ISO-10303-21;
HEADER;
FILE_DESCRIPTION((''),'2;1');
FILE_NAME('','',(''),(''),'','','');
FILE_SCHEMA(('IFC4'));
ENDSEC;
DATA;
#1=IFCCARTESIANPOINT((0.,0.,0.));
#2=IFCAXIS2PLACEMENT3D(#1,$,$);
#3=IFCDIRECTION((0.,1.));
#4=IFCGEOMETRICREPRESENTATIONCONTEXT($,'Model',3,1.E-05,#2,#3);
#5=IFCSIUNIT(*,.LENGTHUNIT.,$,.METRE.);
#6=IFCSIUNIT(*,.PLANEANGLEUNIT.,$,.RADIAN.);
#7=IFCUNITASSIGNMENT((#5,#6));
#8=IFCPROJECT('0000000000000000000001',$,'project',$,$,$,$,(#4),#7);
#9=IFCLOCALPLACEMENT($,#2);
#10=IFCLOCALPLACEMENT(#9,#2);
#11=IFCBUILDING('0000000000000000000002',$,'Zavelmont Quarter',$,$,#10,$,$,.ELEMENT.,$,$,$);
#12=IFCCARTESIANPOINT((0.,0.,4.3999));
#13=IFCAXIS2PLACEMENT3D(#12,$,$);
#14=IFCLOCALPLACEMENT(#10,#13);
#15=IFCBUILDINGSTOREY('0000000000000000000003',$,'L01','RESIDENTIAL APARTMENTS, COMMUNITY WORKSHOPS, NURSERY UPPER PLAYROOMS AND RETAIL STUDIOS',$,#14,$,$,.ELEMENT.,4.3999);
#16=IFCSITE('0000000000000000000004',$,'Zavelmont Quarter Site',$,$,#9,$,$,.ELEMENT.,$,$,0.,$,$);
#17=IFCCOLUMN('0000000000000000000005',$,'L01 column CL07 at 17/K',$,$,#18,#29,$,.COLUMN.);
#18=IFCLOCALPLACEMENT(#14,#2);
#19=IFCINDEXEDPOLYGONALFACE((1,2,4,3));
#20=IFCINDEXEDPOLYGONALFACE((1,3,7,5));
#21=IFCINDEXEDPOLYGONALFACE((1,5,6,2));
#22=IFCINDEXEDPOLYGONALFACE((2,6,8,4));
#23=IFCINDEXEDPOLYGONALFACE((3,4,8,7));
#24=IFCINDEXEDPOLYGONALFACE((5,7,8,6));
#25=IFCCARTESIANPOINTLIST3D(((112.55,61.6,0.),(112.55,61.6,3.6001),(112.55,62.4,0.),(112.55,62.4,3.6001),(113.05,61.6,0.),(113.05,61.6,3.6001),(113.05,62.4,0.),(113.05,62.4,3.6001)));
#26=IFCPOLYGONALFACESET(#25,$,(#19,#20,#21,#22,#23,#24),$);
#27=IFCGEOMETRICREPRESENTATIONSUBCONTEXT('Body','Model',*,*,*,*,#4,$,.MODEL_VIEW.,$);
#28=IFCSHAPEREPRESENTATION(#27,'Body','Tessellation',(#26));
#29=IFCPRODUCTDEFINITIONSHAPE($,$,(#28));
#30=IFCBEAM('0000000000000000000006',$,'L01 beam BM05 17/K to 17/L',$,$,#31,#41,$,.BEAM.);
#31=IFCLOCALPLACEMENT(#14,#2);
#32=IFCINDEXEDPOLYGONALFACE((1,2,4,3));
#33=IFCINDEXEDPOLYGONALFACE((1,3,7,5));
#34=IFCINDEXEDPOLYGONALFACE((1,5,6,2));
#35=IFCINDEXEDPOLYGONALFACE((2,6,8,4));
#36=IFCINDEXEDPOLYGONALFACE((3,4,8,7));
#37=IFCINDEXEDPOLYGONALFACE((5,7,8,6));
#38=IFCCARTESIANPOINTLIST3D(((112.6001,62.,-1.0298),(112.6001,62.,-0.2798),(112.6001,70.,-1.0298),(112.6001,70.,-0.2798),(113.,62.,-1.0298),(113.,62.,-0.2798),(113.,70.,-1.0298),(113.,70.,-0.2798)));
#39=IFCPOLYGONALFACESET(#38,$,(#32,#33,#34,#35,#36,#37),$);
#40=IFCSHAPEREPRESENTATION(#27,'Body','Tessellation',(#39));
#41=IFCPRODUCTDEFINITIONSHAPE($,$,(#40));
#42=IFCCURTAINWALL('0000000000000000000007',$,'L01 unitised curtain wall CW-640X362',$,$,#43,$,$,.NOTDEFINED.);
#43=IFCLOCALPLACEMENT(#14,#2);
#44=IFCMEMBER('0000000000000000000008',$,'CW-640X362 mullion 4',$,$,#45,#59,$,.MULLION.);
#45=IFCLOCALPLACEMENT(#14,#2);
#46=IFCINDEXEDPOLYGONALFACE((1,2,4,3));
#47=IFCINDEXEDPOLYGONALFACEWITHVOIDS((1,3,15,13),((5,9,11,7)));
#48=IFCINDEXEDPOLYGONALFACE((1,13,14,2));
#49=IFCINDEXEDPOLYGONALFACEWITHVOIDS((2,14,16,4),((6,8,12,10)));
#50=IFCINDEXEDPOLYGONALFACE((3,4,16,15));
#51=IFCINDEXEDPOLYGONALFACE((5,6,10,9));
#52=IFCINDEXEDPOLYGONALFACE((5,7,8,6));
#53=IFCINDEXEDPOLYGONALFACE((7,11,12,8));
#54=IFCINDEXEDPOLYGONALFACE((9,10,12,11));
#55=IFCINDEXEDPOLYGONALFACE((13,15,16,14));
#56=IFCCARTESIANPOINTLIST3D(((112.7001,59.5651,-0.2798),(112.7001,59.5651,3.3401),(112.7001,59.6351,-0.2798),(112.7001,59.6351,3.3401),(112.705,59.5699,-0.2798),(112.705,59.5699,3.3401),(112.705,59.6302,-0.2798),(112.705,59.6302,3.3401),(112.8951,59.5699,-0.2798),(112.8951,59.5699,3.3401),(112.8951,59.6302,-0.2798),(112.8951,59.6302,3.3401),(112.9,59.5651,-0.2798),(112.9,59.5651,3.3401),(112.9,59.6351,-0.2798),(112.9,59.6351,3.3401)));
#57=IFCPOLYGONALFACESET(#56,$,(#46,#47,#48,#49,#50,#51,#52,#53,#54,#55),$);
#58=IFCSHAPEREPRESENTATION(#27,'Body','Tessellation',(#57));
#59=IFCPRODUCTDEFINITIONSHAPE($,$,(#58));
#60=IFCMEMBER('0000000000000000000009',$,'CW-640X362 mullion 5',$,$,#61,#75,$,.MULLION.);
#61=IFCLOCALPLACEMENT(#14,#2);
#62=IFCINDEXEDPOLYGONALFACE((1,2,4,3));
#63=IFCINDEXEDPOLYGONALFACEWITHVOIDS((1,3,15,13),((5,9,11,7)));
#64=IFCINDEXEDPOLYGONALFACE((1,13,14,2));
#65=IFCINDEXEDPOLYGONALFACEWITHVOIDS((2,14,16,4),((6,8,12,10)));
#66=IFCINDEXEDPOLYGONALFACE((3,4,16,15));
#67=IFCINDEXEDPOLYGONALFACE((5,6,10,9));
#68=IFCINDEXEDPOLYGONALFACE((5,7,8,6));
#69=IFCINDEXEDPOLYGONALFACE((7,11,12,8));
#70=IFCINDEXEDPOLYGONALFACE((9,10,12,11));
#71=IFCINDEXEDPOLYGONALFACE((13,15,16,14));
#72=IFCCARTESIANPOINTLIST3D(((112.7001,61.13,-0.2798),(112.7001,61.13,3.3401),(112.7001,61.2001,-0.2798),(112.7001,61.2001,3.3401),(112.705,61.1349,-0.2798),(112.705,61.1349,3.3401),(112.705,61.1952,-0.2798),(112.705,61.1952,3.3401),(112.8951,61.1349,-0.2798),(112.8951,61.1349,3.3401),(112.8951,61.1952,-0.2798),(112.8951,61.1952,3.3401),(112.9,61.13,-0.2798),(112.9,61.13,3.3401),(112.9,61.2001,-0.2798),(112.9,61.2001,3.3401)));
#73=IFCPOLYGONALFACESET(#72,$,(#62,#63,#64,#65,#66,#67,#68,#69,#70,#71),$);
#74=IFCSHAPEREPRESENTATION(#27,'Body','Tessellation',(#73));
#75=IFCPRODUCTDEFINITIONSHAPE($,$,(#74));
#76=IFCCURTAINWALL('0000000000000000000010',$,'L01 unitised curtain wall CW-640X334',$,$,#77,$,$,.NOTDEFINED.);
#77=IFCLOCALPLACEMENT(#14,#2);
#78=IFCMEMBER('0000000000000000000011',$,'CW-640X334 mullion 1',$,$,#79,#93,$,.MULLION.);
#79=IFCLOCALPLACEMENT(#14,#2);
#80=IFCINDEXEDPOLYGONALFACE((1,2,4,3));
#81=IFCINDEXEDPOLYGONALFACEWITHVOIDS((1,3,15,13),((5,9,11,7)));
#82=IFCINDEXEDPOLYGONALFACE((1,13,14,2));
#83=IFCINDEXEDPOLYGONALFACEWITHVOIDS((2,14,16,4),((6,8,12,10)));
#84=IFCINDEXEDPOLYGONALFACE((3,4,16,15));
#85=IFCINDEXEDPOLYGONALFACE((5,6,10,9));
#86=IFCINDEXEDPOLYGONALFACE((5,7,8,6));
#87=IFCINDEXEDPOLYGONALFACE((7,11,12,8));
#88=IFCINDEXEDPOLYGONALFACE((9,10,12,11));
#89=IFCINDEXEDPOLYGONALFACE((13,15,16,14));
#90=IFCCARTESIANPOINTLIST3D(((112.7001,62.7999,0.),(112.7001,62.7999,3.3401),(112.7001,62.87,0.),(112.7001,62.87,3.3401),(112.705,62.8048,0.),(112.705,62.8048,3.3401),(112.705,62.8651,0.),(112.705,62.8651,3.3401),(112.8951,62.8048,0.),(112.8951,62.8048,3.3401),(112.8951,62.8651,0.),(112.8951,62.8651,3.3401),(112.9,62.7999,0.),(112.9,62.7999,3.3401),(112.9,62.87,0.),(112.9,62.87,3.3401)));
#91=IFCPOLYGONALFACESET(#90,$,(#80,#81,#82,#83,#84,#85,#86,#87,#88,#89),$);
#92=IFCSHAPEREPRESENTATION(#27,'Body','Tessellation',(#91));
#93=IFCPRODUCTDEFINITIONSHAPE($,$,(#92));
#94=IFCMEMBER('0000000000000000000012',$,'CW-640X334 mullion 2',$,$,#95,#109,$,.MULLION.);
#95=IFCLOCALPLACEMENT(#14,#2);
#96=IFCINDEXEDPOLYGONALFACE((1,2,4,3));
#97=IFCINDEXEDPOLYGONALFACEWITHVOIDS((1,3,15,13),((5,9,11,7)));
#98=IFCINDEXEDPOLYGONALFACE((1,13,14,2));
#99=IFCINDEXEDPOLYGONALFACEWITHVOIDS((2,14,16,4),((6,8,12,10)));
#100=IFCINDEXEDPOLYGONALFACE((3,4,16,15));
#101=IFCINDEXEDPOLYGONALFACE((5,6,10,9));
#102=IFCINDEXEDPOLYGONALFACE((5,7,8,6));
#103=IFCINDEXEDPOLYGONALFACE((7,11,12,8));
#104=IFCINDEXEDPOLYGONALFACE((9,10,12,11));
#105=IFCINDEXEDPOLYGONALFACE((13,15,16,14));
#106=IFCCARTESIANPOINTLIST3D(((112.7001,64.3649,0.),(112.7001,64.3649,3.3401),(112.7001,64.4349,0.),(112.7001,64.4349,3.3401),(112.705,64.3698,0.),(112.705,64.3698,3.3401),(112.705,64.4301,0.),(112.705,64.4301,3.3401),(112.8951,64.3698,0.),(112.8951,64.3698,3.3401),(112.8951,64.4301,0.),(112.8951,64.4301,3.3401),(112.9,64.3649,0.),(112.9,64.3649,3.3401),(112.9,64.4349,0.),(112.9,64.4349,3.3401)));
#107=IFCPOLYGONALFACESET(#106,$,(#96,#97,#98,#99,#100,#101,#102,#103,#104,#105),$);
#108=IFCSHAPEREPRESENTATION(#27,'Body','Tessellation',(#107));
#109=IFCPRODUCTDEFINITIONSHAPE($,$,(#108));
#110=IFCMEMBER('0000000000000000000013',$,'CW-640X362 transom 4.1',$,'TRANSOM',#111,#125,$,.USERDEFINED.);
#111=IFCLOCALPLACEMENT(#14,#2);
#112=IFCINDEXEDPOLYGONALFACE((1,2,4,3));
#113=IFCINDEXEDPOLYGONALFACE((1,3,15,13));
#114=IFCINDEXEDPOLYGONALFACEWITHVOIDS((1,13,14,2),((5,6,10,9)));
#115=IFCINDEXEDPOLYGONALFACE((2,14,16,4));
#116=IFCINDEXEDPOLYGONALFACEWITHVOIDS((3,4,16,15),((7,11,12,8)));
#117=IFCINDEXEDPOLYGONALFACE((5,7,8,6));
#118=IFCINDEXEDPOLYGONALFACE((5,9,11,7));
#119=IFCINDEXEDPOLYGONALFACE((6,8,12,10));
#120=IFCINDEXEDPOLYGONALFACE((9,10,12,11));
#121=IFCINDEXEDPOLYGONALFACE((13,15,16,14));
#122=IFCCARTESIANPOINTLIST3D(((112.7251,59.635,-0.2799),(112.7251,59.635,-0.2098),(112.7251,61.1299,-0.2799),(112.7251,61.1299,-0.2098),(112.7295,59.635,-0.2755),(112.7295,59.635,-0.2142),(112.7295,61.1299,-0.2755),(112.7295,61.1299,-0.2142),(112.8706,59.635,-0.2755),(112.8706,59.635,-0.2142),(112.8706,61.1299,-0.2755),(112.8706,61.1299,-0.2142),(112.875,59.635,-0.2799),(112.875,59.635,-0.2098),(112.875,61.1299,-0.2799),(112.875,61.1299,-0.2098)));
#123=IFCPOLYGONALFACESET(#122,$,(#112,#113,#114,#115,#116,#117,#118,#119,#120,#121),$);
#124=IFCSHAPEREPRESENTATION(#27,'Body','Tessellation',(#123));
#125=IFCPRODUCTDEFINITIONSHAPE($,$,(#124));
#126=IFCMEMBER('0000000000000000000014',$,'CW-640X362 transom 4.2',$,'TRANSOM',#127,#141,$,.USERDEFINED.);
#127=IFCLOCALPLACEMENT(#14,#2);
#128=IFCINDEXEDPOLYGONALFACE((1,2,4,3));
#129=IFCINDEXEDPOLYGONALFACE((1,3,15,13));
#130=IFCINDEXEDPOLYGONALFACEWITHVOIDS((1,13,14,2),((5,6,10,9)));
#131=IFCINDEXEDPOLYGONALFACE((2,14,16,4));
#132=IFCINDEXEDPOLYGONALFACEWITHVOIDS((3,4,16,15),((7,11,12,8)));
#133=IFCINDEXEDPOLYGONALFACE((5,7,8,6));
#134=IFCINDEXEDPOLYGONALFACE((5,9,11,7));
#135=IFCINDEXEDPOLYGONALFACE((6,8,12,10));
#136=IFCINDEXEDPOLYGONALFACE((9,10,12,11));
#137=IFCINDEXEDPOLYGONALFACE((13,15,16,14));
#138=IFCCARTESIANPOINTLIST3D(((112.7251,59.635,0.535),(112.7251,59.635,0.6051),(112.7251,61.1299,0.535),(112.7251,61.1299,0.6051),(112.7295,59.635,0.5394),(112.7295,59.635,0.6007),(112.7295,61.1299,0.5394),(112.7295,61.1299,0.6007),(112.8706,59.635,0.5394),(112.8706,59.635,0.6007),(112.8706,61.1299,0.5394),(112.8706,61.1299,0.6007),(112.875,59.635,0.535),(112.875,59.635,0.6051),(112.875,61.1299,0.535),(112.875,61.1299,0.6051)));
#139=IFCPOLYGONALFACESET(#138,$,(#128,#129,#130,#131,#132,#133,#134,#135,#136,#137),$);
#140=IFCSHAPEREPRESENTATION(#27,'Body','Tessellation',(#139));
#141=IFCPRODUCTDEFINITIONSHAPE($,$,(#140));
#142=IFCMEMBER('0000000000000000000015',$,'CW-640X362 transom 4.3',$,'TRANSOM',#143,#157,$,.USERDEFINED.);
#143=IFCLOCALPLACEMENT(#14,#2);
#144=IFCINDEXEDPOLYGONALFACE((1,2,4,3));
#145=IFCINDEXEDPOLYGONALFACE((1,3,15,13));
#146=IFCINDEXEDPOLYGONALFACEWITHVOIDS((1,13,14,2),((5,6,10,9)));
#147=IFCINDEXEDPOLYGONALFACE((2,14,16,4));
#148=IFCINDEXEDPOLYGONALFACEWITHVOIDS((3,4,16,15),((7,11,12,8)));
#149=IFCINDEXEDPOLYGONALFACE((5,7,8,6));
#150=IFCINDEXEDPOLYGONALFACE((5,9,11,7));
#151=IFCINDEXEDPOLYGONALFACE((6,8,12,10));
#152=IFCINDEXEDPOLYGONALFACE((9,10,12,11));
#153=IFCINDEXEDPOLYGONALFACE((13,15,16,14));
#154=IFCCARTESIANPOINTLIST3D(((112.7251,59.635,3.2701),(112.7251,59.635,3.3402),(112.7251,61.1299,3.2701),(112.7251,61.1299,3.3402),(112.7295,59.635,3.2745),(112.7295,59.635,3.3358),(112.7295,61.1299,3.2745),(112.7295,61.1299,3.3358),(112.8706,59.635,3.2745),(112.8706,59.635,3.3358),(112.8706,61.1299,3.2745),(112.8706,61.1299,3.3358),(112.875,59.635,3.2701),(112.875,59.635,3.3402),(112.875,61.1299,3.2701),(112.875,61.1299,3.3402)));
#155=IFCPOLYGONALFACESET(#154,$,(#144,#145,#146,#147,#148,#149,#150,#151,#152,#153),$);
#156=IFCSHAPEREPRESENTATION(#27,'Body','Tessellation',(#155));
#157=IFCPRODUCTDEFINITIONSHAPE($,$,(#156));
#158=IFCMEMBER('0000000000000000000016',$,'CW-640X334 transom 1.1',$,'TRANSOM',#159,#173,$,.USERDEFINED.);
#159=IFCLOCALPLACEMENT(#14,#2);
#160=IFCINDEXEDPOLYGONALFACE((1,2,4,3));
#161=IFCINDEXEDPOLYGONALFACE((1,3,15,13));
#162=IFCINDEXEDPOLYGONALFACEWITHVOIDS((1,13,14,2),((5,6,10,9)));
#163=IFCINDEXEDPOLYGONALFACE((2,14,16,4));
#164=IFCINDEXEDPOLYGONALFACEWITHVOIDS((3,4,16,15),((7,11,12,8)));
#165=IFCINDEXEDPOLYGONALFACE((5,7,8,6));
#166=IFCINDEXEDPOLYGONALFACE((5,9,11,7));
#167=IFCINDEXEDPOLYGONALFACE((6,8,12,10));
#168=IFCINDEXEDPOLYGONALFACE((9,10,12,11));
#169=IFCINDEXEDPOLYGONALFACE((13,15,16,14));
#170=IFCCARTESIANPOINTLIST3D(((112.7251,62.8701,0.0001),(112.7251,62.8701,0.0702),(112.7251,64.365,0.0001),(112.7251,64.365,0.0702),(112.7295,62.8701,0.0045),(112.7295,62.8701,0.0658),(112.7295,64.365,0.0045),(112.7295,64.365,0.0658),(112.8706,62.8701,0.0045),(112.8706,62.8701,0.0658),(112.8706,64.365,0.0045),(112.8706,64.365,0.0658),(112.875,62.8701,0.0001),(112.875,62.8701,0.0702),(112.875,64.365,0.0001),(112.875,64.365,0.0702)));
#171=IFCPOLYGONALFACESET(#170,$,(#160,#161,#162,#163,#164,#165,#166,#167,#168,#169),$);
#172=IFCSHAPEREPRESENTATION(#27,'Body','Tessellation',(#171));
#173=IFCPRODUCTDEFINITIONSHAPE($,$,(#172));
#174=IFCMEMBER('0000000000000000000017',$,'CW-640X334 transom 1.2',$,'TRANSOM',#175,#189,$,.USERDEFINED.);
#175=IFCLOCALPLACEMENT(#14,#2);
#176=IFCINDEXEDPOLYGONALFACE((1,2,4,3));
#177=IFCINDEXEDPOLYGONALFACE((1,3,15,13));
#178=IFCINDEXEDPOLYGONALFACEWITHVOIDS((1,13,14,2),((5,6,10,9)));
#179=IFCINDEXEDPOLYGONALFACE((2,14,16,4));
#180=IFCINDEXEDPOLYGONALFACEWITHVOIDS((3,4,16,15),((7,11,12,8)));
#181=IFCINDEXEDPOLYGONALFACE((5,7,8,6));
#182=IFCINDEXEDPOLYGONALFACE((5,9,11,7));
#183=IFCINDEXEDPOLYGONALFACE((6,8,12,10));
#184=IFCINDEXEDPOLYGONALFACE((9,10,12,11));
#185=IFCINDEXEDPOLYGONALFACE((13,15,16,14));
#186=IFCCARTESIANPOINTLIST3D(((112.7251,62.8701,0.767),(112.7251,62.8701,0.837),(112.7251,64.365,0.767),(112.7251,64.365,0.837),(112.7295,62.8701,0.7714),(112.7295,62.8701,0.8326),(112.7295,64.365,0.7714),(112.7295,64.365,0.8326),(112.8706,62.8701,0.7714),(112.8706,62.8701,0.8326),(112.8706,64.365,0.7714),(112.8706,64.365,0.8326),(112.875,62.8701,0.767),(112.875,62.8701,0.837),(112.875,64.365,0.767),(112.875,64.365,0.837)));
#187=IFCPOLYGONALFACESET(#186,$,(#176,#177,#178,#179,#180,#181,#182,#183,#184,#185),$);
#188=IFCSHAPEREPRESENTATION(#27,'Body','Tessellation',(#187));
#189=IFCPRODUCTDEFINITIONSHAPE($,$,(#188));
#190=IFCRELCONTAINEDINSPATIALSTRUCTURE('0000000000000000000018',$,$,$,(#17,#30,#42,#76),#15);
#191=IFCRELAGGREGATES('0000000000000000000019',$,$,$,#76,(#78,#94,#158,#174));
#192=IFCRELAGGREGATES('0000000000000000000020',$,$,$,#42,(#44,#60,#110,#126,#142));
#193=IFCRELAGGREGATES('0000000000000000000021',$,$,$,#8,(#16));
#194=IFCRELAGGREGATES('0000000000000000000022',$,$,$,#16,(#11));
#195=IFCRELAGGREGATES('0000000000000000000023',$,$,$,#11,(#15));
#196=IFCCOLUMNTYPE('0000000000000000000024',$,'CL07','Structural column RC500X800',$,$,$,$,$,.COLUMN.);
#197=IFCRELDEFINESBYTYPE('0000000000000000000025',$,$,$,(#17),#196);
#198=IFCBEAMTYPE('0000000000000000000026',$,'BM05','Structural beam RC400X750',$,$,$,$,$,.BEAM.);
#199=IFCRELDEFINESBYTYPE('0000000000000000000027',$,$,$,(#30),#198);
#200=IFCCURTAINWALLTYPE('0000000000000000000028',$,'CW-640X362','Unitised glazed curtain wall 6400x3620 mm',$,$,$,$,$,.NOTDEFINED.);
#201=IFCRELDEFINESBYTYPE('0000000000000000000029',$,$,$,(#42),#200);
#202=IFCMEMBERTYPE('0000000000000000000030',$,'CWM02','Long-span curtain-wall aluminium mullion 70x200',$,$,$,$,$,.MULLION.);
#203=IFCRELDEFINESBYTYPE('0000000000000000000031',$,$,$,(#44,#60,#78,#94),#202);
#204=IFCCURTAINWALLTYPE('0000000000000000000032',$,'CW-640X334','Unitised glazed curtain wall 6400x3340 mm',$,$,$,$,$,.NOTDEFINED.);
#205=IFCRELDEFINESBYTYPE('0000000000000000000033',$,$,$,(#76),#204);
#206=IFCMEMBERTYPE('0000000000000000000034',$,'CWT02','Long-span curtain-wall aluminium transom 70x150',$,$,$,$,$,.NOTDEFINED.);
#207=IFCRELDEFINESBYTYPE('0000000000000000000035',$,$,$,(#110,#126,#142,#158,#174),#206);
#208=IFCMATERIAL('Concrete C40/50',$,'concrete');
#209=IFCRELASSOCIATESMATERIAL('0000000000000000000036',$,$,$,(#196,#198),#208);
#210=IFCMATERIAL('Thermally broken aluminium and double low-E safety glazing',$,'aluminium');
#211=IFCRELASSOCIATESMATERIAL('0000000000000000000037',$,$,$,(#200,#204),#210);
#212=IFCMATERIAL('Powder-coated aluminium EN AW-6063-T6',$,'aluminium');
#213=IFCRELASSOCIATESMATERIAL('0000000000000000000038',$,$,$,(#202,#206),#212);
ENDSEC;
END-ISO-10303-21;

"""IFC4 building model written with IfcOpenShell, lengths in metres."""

from ifc_helpers import new_model, si_unit, direction, frame, origin, origin_2d, place, context, subcontext, project, spatial, rectangle, hollow_rectangle, extrude, material, material_profile, profile_set, type_object, element, aggregate, save


model = new_model("IFC4")

# Units and contexts
model_context = context("Model", 3, precision=1e-05, world=origin(), true_north=direction((0.0, 1.0)))
body_context = subcontext(model_context, "Body", "Model", "MODEL_VIEW")
ifc_project = project(units=[si_unit("LENGTHUNIT", "METRE"), si_unit("PLANEANGLEUNIT", "RADIAN")], contexts=[model_context])

# Site, building, storey
site_placement = place(None, origin())
site = spatial("IfcSite", under=ifc_project, at=site_placement, Name="Zavelmont Quarter Site", CompositionType="ELEMENT", RefElevation=0.0)
building_placement = place(site_placement, origin())
building = spatial("IfcBuilding", under=site, at=building_placement, Name="Zavelmont Quarter", CompositionType="ELEMENT")
storey_placement = place(building_placement, frame((0.0, 0.0, 4.3999)))
storey = spatial("IfcBuildingStorey", under=building, at=storey_placement, Name="L01", Description="RESIDENTIAL APARTMENTS, COMMUNITY WORKSHOPS, NURSERY UPPER PLAYROOMS AND RETAIL STUDIOS", CompositionType="ELEMENT", Elevation=4.3999)

# Column
ifc_material_1 = material(Name="Concrete C40/50", Category="concrete")
ifc_material_profile_1 = material_profile(ifc_material_1, rectangle(XDim=0.5, YDim=0.8, at=origin_2d()), Name="RC500X800")
ifc_profile_set_1 = profile_set([ifc_material_profile_1], Name="Concrete C40/50")
column_type = type_object("IfcColumnType", Name="CL07", Description="Structural column RC500X800", PredefinedType="COLUMN", material=ifc_profile_set_1)
column_placement = place(storey_placement, frame((112.8, 62.0, 0.0), z_axis=(0.0, 0.0, 1.0), x_axis=(1.0, 0.0, 0.0)))
element("IfcColumn", 1, at=column_placement, inside=storey, type_object=column_type, Name="L01 column CL07 at 17/K", PredefinedType="COLUMN", context=body_context, shape_type="SweptSolid", body=[
    extrude(rectangle(XDim=0.5, YDim=0.8, at=origin_2d()), origin(), (0.0, 0.0, 1.0), 3.6001),
])

# Beam
ifc_material_profile_2 = material_profile(ifc_material_1, rectangle(XDim=0.3999, YDim=0.75, at=origin_2d()), Name="RC400X750")
ifc_profile_set_2 = profile_set([ifc_material_profile_2], Name="Concrete C40/50")
beam_type = type_object("IfcBeamType", Name="BM05", Description="Structural beam RC400X750", PredefinedType="BEAM", material=ifc_profile_set_2)
beam_placement = place(storey_placement, frame((112.8, 62.0, -0.6548), z_axis=(0.0, 1.0, 0.0), x_axis=(-1.0, 0.0, 0.0)))
element("IfcBeam", 2, at=beam_placement, inside=storey, type_object=beam_type, Name="L01 beam BM05 17/K to 17/L", PredefinedType="BEAM", context=body_context, shape_type="SweptSolid", body=[
    extrude(rectangle(XDim=0.3999, YDim=0.75, at=origin_2d()), origin(), (0.0, 0.0, 1.0), 8.0),
])

# Curtain walls, members
ifc_material_2 = material(Name="Thermally broken aluminium and double low-E safety glazing", Category="aluminium")
curtain_wall_type_1 = type_object("IfcCurtainWallType", Name="CW-640X362", Description="Unitised glazed curtain wall 6400x3620 mm", PredefinedType="NOTDEFINED", material=ifc_material_2)
curtain_wall_1_placement = place(storey_placement, origin())
curtain_wall_1 = element("IfcCurtainWall", 3, at=curtain_wall_1_placement, inside=storey, type_object=curtain_wall_type_1, Name="L01 unitised curtain wall CW-640X362", PredefinedType="NOTDEFINED")
ifc_material_3 = material(Name="Powder-coated aluminium EN AW-6063-T6", Category="aluminium")
ifc_material_profile_3 = material_profile(ifc_material_3, hollow_rectangle(XDim=0.0701, YDim=0.2, WallThickness=0.0049, at=origin_2d()), Name="CWM70X200")
ifc_profile_set_3 = profile_set([ifc_material_profile_3], Name="Powder-coated aluminium EN AW-6063-T6")
member_type_1 = type_object("IfcMemberType", Name="CWM02", Description="Long-span curtain-wall aluminium mullion 70x200", PredefinedType="MULLION", material=ifc_profile_set_3)
member_1_placement = place(storey_placement, frame((112.8, 59.6001, -0.2798), z_axis=(0.0, 0.0, 1.0), x_axis=(0.0, 1.0, 0.0)))
member_1 = element("IfcMember", 4, at=member_1_placement, type_object=member_type_1, Name="CW-640X362 mullion 4", PredefinedType="MULLION", context=body_context, shape_type="SweptSolid", body=[
    extrude(hollow_rectangle(XDim=0.0701, YDim=0.2, WallThickness=0.0049, at=origin_2d()), origin(), (0.0, 0.0, 1.0), 3.6199),
])
member_2_placement = place(storey_placement, frame((112.8, 61.165, -0.2798), z_axis=(0.0, 0.0, 1.0), x_axis=(0.0, 1.0, 0.0)))
member_2 = element("IfcMember", 5, at=member_2_placement, type_object=member_type_1, Name="CW-640X362 mullion 5", PredefinedType="MULLION", context=body_context, shape_type="SweptSolid", body=[
    extrude(hollow_rectangle(XDim=0.0701, YDim=0.2, WallThickness=0.0049, at=origin_2d()), origin(), (0.0, 0.0, 1.0), 3.6199),
])
curtain_wall_type_2 = type_object("IfcCurtainWallType", Name="CW-640X334", Description="Unitised glazed curtain wall 6400x3340 mm", PredefinedType="NOTDEFINED", material=ifc_material_2)
curtain_wall_2_placement = place(storey_placement, origin())
curtain_wall_2 = element("IfcCurtainWall", 6, at=curtain_wall_2_placement, inside=storey, type_object=curtain_wall_type_2, Name="L01 unitised curtain wall CW-640X334", PredefinedType="NOTDEFINED")
member_3_placement = place(storey_placement, frame((112.8, 62.835, 0.0), z_axis=(0.0, 0.0, 1.0), x_axis=(0.0, 1.0, 0.0)))
member_3 = element("IfcMember", 7, at=member_3_placement, type_object=member_type_1, Name="CW-640X334 mullion 1", PredefinedType="MULLION", context=body_context, shape_type="SweptSolid", body=[
    extrude(hollow_rectangle(XDim=0.0701, YDim=0.2, WallThickness=0.0049, at=origin_2d()), origin(), (0.0, 0.0, 1.0), 3.3401),
])
member_4_placement = place(storey_placement, frame((112.8, 64.3999, 0.0), z_axis=(0.0, 0.0, 1.0), x_axis=(0.0, 1.0, 0.0)))
member_4 = element("IfcMember", 8, at=member_4_placement, type_object=member_type_1, Name="CW-640X334 mullion 2", PredefinedType="MULLION", context=body_context, shape_type="SweptSolid", body=[
    extrude(hollow_rectangle(XDim=0.0701, YDim=0.2, WallThickness=0.0049, at=origin_2d()), origin(), (0.0, 0.0, 1.0), 3.3401),
])

# Members
ifc_material_profile_4 = material_profile(ifc_material_3, hollow_rectangle(XDim=0.1499, YDim=0.0701, WallThickness=0.0044, at=origin_2d()), Name="CWT70X150")
ifc_profile_set_4 = profile_set([ifc_material_profile_4], Name="Powder-coated aluminium EN AW-6063-T6")
member_type_2 = type_object("IfcMemberType", Name="CWT02", Description="Long-span curtain-wall aluminium transom 70x150", PredefinedType="NOTDEFINED", material=ifc_profile_set_4)
member_5_placement = place(storey_placement, frame((112.8, 59.635, -0.2449), z_axis=(0.0, 1.0, 0.0), x_axis=(-1.0, 0.0, 0.0)))
member_5 = element("IfcMember", 9, at=member_5_placement, type_object=member_type_2, Name="CW-640X362 transom 4.1", ObjectType="TRANSOM", PredefinedType="USERDEFINED", context=body_context, shape_type="SweptSolid", body=[
    extrude(hollow_rectangle(XDim=0.1499, YDim=0.0701, WallThickness=0.0044, at=origin_2d()), origin(), (0.0, 0.0, 1.0), 1.4949),
])
member_6_placement = place(storey_placement, frame((112.8, 59.635, 0.5701), z_axis=(0.0, 1.0, 0.0), x_axis=(-1.0, 0.0, 0.0)))
member_6 = element("IfcMember", 10, at=member_6_placement, type_object=member_type_2, Name="CW-640X362 transom 4.2", ObjectType="TRANSOM", PredefinedType="USERDEFINED", context=body_context, shape_type="SweptSolid", body=[
    extrude(hollow_rectangle(XDim=0.1499, YDim=0.0701, WallThickness=0.0044, at=origin_2d()), origin(), (0.0, 0.0, 1.0), 1.4949),
])
member_7_placement = place(storey_placement, frame((112.8, 59.635, 3.3052), z_axis=(0.0, 1.0, 0.0), x_axis=(-1.0, 0.0, 0.0)))
member_7 = element("IfcMember", 11, at=member_7_placement, type_object=member_type_2, Name="CW-640X362 transom 4.3", ObjectType="TRANSOM", PredefinedType="USERDEFINED", context=body_context, shape_type="SweptSolid", body=[
    extrude(hollow_rectangle(XDim=0.1499, YDim=0.0701, WallThickness=0.0044, at=origin_2d()), origin(), (0.0, 0.0, 1.0), 1.4949),
])
member_8_placement = place(storey_placement, frame((112.8, 62.8701, 0.0352), z_axis=(0.0, 1.0, 0.0), x_axis=(-1.0, 0.0, 0.0)))
member_8 = element("IfcMember", 12, at=member_8_placement, type_object=member_type_2, Name="CW-640X334 transom 1.1", ObjectType="TRANSOM", PredefinedType="USERDEFINED", context=body_context, shape_type="SweptSolid", body=[
    extrude(hollow_rectangle(XDim=0.1499, YDim=0.0701, WallThickness=0.0044, at=origin_2d()), origin(), (0.0, 0.0, 1.0), 1.4949),
])
member_9_placement = place(storey_placement, frame((112.8, 62.8701, 0.802), z_axis=(0.0, 1.0, 0.0), x_axis=(-1.0, 0.0, 0.0)))
member_9 = element("IfcMember", 13, at=member_9_placement, type_object=member_type_2, Name="CW-640X334 transom 1.2", ObjectType="TRANSOM", PredefinedType="USERDEFINED", context=body_context, shape_type="SweptSolid", body=[
    extrude(hollow_rectangle(XDim=0.1499, YDim=0.0701, WallThickness=0.0044, at=origin_2d()), origin(), (0.0, 0.0, 1.0), 1.4949),
])

aggregate(curtain_wall_2, [member_3, member_4, member_8, member_9])
aggregate(curtain_wall_1, [member_1, member_2, member_5, member_6, member_7])

save(model, "model.ifc")
